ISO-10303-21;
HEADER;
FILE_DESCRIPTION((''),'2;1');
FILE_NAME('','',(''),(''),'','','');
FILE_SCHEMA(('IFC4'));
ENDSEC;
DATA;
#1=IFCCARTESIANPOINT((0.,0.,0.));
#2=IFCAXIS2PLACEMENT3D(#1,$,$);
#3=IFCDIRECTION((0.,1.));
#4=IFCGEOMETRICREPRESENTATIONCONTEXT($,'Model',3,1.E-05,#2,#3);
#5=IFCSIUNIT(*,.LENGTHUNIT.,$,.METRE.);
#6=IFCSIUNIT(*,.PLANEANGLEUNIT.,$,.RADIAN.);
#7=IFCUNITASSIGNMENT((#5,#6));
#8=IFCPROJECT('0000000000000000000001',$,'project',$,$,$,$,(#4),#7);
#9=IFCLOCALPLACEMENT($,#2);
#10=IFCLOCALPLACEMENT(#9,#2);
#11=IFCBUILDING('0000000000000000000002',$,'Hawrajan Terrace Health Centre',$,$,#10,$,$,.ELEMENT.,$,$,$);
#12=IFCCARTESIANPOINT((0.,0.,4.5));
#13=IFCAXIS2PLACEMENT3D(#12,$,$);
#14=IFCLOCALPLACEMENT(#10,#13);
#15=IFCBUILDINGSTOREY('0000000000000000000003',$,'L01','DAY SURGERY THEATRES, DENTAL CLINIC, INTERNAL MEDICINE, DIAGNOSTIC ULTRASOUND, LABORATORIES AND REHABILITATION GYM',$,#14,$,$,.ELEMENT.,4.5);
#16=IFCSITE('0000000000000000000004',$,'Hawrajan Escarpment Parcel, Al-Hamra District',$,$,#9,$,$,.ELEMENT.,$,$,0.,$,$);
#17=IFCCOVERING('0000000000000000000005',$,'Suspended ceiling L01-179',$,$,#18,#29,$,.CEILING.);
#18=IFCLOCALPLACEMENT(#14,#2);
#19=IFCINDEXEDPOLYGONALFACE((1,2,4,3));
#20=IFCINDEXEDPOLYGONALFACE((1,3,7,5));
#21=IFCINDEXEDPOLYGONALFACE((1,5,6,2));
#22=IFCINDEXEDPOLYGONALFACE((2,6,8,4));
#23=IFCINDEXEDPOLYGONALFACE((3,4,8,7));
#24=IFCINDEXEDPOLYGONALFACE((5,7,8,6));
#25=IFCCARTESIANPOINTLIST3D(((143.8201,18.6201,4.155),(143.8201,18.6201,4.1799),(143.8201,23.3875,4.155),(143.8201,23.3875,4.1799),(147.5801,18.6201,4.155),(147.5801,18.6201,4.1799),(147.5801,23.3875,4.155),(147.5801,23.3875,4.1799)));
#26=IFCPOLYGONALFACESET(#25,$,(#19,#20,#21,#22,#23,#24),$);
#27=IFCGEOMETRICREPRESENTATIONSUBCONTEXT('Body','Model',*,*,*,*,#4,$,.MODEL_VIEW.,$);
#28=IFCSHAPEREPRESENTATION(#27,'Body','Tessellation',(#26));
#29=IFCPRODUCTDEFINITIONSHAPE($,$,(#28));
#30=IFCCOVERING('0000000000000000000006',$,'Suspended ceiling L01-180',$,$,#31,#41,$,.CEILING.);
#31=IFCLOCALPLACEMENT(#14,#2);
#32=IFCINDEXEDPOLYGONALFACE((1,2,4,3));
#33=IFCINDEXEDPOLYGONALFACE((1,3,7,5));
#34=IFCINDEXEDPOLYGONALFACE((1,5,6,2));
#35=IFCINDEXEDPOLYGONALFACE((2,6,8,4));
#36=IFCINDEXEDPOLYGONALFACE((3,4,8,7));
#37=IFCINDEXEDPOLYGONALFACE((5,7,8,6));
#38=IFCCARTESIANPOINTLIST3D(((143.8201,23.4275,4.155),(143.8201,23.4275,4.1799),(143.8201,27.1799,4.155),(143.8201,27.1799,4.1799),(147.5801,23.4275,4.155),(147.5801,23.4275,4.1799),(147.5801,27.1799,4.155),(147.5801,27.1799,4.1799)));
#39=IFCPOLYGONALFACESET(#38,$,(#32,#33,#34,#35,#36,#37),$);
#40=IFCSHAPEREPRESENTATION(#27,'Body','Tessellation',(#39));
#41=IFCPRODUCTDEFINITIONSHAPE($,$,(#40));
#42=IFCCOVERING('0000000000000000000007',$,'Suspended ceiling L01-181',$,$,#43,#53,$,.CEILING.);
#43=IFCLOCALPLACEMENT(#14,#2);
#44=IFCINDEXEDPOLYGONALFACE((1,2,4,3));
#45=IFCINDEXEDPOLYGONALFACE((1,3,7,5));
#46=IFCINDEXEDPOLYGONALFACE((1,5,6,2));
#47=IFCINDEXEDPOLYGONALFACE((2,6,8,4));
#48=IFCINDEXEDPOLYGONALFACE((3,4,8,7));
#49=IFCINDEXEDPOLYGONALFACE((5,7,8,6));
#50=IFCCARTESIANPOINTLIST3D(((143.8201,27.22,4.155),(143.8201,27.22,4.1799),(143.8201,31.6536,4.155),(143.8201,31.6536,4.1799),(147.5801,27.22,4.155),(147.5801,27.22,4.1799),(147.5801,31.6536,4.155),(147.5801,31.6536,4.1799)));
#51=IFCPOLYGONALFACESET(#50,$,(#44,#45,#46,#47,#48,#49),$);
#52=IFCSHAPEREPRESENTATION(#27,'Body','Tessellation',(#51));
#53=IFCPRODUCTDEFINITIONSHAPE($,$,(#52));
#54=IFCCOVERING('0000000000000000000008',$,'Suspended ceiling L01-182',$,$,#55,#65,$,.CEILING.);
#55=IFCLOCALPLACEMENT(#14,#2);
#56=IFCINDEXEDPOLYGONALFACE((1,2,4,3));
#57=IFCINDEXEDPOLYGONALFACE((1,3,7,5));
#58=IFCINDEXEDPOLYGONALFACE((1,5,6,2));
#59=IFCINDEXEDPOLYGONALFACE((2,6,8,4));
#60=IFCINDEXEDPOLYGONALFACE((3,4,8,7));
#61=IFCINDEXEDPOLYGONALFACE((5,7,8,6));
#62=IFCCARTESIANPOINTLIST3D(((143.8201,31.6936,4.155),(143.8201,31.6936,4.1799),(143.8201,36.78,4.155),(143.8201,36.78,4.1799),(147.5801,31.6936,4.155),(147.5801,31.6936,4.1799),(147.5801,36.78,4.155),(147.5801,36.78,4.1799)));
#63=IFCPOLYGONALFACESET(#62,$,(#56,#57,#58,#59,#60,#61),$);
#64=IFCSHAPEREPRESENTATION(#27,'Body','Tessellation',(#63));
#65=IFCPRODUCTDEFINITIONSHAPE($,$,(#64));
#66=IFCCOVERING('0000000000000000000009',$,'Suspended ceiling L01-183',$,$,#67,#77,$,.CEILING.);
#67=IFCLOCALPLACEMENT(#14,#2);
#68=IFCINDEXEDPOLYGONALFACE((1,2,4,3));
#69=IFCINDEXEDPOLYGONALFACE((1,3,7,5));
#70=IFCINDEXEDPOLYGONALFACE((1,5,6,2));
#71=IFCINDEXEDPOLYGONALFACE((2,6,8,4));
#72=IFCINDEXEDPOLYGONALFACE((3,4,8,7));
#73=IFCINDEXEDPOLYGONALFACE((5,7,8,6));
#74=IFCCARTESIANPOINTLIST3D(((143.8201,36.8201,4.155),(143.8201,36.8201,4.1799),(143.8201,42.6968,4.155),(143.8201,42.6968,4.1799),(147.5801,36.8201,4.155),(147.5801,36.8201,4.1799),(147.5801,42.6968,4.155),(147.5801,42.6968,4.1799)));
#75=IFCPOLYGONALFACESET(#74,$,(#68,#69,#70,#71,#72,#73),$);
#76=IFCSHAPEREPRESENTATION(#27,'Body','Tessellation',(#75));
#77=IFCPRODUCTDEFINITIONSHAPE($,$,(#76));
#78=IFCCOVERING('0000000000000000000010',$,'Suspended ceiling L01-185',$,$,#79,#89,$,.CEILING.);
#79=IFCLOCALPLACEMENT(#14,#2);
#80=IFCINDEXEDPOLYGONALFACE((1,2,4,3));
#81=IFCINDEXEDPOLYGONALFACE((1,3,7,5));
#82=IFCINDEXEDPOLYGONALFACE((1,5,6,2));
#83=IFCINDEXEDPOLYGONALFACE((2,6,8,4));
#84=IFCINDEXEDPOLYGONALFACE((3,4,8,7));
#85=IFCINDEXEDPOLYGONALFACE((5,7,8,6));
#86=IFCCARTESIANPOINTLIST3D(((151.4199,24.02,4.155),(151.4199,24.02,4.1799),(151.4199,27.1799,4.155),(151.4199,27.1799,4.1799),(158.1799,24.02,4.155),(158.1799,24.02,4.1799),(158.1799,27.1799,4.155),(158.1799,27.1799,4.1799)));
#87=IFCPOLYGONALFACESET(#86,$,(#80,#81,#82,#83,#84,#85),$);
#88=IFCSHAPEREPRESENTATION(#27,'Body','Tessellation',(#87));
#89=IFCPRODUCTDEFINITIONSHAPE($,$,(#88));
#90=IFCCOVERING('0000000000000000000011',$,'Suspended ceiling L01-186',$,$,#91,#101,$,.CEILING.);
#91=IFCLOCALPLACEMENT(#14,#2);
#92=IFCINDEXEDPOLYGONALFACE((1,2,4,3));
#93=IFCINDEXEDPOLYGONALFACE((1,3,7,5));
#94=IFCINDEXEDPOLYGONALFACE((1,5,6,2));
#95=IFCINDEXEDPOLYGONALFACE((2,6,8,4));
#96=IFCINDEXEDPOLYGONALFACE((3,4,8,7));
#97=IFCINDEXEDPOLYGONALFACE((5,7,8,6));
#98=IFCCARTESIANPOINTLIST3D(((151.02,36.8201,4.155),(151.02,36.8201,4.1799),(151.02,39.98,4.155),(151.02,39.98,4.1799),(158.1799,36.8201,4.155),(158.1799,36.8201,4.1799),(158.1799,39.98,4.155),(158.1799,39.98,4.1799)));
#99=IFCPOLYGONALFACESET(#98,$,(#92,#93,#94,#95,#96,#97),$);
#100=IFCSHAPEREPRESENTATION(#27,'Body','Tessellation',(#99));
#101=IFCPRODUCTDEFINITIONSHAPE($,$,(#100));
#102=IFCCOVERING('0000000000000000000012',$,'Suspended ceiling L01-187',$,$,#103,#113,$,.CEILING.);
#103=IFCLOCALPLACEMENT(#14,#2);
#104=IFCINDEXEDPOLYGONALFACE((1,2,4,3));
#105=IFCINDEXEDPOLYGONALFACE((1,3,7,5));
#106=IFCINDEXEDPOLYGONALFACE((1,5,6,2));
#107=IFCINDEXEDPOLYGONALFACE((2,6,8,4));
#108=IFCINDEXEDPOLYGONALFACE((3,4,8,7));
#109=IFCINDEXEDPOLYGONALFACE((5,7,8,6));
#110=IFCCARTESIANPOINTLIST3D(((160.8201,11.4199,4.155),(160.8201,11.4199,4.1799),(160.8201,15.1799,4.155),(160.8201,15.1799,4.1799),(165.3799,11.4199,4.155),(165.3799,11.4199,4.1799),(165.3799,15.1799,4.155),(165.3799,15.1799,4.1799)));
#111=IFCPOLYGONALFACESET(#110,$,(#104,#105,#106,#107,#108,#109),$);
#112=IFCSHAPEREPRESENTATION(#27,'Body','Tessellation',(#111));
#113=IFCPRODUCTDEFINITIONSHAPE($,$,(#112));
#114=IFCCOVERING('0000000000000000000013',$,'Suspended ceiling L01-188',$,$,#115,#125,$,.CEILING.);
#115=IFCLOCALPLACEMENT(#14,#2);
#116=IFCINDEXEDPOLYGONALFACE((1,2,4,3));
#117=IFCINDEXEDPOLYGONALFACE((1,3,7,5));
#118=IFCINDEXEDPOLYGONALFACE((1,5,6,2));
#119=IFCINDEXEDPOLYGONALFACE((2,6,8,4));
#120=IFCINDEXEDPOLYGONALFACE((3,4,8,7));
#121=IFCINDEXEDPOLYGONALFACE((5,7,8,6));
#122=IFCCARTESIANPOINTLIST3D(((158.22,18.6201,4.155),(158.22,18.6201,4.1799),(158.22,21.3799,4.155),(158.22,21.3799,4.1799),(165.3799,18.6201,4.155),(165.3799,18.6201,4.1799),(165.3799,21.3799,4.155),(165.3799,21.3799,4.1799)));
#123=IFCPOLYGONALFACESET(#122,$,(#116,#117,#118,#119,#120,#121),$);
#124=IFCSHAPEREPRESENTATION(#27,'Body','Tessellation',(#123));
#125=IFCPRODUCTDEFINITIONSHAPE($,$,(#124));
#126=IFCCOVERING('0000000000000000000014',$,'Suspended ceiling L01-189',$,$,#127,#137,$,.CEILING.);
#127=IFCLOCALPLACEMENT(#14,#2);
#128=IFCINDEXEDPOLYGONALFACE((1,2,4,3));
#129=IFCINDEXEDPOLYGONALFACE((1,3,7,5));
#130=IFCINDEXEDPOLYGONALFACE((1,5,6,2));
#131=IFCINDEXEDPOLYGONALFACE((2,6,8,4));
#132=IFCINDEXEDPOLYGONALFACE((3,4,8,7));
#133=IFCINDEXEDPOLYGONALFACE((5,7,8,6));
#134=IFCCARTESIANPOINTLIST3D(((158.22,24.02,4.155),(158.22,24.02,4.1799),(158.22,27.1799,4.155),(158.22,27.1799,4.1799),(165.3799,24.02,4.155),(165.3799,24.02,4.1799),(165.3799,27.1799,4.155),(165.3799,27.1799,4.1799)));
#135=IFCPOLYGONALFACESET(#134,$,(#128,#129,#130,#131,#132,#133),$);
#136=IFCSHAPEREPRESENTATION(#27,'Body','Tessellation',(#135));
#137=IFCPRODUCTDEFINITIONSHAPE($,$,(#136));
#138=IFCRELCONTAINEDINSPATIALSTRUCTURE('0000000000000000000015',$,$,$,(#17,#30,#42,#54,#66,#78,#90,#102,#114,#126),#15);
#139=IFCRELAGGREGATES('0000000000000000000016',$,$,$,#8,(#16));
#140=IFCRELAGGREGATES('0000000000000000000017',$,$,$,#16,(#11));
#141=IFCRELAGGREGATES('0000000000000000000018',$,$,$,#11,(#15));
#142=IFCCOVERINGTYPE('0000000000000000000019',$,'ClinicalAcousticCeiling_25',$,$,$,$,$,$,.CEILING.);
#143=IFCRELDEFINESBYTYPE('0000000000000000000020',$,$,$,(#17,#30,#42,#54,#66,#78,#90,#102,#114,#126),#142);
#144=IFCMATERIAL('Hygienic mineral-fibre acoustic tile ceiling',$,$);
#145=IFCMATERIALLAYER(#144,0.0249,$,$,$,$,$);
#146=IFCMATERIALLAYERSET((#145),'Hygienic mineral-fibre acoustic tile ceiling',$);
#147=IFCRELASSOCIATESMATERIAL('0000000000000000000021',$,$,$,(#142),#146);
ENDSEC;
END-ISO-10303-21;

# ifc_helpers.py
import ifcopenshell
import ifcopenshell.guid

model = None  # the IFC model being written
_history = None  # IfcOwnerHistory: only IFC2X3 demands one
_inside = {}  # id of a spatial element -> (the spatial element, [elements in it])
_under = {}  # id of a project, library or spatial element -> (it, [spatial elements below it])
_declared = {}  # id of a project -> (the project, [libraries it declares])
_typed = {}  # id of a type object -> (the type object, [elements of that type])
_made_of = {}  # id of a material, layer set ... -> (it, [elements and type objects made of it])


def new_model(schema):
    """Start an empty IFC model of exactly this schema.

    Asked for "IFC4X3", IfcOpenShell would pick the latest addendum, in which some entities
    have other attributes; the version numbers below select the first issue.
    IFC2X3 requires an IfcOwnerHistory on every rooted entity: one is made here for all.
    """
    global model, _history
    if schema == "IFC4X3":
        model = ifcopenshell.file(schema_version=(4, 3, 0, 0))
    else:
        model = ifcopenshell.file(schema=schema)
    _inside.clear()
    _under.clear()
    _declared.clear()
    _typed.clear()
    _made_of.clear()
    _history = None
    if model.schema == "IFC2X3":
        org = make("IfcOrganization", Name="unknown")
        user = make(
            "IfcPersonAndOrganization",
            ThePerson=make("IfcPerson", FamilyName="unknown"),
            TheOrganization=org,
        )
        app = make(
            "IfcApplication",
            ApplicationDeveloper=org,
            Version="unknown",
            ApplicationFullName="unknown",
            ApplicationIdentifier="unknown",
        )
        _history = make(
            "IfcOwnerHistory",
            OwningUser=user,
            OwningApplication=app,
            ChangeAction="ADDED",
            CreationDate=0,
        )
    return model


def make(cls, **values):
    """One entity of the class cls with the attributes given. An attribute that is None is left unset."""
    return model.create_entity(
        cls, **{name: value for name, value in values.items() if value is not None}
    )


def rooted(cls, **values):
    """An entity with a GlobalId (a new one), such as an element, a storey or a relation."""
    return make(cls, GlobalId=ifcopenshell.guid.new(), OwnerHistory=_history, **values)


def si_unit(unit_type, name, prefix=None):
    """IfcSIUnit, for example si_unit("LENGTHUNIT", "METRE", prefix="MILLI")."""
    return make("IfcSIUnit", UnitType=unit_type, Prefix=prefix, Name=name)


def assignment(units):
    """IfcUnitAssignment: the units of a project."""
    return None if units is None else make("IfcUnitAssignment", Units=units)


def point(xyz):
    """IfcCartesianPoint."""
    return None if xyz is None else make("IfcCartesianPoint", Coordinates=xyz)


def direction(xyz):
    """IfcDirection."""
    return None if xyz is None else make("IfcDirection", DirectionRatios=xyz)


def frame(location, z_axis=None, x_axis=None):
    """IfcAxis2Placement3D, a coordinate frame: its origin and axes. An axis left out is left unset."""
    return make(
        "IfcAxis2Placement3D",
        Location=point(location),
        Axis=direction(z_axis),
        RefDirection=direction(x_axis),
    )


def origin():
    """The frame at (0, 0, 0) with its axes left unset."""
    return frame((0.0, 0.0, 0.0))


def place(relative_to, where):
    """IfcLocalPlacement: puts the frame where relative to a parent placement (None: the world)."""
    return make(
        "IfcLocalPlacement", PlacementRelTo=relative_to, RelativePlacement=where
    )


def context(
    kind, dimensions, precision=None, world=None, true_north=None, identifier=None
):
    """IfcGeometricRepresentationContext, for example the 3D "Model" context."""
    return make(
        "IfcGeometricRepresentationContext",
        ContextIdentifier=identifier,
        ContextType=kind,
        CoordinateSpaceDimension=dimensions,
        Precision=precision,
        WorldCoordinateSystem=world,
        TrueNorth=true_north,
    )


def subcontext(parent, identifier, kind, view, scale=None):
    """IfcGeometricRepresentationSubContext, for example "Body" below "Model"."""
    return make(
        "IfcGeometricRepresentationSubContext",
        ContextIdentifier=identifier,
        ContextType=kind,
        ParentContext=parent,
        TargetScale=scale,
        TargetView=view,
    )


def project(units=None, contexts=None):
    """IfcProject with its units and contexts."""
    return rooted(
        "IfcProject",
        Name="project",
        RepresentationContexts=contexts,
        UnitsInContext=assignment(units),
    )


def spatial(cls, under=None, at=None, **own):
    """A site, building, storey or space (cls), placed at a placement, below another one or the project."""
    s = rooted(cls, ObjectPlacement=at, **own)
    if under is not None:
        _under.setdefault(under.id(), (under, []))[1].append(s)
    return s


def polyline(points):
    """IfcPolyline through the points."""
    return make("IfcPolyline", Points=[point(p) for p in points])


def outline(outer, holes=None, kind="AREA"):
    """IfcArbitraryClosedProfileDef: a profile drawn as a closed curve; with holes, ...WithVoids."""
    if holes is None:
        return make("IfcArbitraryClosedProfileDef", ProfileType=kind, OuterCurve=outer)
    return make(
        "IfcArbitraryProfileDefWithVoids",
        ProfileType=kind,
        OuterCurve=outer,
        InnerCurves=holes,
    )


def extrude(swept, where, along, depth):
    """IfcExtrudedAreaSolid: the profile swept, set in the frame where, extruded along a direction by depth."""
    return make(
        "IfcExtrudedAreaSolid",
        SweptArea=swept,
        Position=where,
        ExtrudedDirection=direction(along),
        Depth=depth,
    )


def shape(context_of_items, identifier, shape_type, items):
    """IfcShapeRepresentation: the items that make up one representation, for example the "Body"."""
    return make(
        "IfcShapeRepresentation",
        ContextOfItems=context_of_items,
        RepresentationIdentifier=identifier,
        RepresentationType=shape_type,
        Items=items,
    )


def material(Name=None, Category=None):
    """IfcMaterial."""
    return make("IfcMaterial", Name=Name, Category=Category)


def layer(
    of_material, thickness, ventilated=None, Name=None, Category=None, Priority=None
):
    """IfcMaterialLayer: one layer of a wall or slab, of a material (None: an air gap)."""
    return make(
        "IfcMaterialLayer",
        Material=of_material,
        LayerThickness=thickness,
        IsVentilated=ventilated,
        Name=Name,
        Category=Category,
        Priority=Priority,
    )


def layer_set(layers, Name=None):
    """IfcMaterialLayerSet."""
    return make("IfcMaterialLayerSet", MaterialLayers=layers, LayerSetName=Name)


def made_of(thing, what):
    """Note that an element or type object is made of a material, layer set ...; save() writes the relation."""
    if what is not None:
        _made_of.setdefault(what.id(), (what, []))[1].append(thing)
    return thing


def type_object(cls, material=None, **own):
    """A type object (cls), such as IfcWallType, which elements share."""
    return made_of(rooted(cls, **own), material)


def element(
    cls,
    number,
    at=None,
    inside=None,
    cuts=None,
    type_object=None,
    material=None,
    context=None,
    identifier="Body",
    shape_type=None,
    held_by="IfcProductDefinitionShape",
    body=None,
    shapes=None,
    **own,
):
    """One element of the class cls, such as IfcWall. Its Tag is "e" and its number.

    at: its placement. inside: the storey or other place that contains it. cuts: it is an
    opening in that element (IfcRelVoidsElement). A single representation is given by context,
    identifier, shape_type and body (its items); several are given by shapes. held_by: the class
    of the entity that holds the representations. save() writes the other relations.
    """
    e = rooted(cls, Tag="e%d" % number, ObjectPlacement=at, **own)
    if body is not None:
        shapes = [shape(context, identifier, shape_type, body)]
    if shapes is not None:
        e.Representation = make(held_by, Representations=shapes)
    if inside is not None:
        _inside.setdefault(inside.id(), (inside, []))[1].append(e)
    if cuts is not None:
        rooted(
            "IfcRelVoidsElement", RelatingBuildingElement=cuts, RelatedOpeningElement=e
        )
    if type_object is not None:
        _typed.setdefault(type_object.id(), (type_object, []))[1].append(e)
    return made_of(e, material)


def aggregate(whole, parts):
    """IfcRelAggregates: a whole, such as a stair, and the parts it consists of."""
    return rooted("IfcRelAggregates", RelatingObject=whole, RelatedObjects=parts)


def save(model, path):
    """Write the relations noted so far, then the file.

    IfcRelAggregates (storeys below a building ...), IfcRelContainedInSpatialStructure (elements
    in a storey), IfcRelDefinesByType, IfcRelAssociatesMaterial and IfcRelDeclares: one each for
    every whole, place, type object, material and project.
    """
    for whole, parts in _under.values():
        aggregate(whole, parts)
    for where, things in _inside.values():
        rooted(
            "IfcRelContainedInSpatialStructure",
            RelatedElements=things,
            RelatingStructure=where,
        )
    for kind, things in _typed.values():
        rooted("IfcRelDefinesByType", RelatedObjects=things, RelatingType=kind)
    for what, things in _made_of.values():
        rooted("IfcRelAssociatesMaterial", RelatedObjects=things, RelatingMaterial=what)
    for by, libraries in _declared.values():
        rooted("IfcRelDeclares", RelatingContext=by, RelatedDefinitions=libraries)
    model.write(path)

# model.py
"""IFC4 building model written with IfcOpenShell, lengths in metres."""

from ifc_helpers import new_model, si_unit, direction, frame, origin, place, context, subcontext, project, spatial, polyline, outline, extrude, material, layer, layer_set, type_object, element, save


model = new_model("IFC4")

# Units and contexts
model_context = context("Model", 3, precision=1e-05, world=origin(), true_north=direction((0.0, 1.0)))
body_context = subcontext(model_context, "Body", "Model", "MODEL_VIEW")
ifc_project = project(units=[si_unit("LENGTHUNIT", "METRE"), si_unit("PLANEANGLEUNIT", "RADIAN")], contexts=[model_context])

# Site, building, storey
site_placement = place(None, origin())
site = spatial("IfcSite", under=ifc_project, at=site_placement, Name="Hawrajan Escarpment Parcel, Al-Hamra District", CompositionType="ELEMENT", RefElevation=0.0)
building_placement = place(site_placement, origin())
building = spatial("IfcBuilding", under=site, at=building_placement, Name="Hawrajan Terrace Health Centre", CompositionType="ELEMENT")
storey_placement = place(building_placement, frame((0.0, 0.0, 4.5)))
storey = spatial("IfcBuildingStorey", under=building, at=storey_placement, Name="L01", Description="DAY SURGERY THEATRES, DENTAL CLINIC, INTERNAL MEDICINE, DIAGNOSTIC ULTRASOUND, LABORATORIES AND REHABILITATION GYM", CompositionType="ELEMENT", Elevation=4.5)

# Coverings
ifc_material = material(Name="Hygienic mineral-fibre acoustic tile ceiling")
ifc_layer = layer(ifc_material, 0.0249)
ifc_layer_set = layer_set([ifc_layer], Name="Hygienic mineral-fibre acoustic tile ceiling")
covering_type = type_object("IfcCoveringType", Name="ClinicalAcousticCeiling_25", PredefinedType="CEILING", material=ifc_layer_set)
covering_1_placement = place(storey_placement, frame((0.0, 0.0, 4.155)))
element("IfcCovering", 1, at=covering_1_placement, inside=storey, type_object=covering_type, Name="Suspended ceiling L01-179", PredefinedType="CEILING", context=body_context, shape_type="SweptSolid", body=[
    extrude(outline(polyline([(143.8201, 23.3875), (147.5801, 23.3875), (147.5801, 18.6201), (143.8201, 18.6201), (143.8201, 23.3875)])), origin(), (0.0, 0.0, 1.0), 0.0249),
])
covering_2_placement = place(storey_placement, frame((0.0, 0.0, 4.155)))
element("IfcCovering", 2, at=covering_2_placement, inside=storey, type_object=covering_type, Name="Suspended ceiling L01-180", PredefinedType="CEILING", context=body_context, shape_type="SweptSolid", body=[
    extrude(outline(polyline([(143.8201, 27.1799), (147.5801, 27.1799), (147.5801, 23.4275), (143.8201, 23.4275), (143.8201, 27.1799)])), origin(), (0.0, 0.0, 1.0), 0.0249),
])
covering_3_placement = place(storey_placement, frame((0.0, 0.0, 4.155)))
element("IfcCovering", 3, at=covering_3_placement, inside=storey, type_object=covering_type, Name="Suspended ceiling L01-181", PredefinedType="CEILING", context=body_context, shape_type="SweptSolid", body=[
    extrude(outline(polyline([(143.8201, 31.6536), (147.5801, 31.6536), (147.5801, 27.22), (143.8201, 27.22), (143.8201, 31.6536)])), origin(), (0.0, 0.0, 1.0), 0.0249),
])
covering_4_placement = place(storey_placement, frame((0.0, 0.0, 4.155)))
element("IfcCovering", 4, at=covering_4_placement, inside=storey, type_object=covering_type, Name="Suspended ceiling L01-182", PredefinedType="CEILING", context=body_context, shape_type="SweptSolid", body=[
    extrude(outline(polyline([(143.8201, 36.78), (147.5801, 36.78), (147.5801, 31.6936), (143.8201, 31.6936), (143.8201, 36.78)])), origin(), (0.0, 0.0, 1.0), 0.0249),
])
covering_5_placement = place(storey_placement, frame((0.0, 0.0, 4.155)))
element("IfcCovering", 5, at=covering_5_placement, inside=storey, type_object=covering_type, Name="Suspended ceiling L01-183", PredefinedType="CEILING", context=body_context, shape_type="SweptSolid", body=[
    extrude(outline(polyline([(143.8201, 42.6968), (147.5801, 42.6968), (147.5801, 36.8201), (143.8201, 36.8201), (143.8201, 42.6968)])), origin(), (0.0, 0.0, 1.0), 0.0249),
])
covering_6_placement = place(storey_placement, frame((0.0, 0.0, 4.155)))
element("IfcCovering", 6, at=covering_6_placement, inside=storey, type_object=covering_type, Name="Suspended ceiling L01-185", PredefinedType="CEILING", context=body_context, shape_type="SweptSolid", body=[
    extrude(outline(polyline([(151.4199, 27.1799), (158.1799, 27.1799), (158.1799, 24.02), (151.4199, 24.02), (151.4199, 27.1799)])), origin(), (0.0, 0.0, 1.0), 0.0249),
])
covering_7_placement = place(storey_placement, frame((0.0, 0.0, 4.155)))
element("IfcCovering", 7, at=covering_7_placement, inside=storey, type_object=covering_type, Name="Suspended ceiling L01-186", PredefinedType="CEILING", context=body_context, shape_type="SweptSolid", body=[
    extrude(outline(polyline([(151.02, 39.98), (158.1799, 39.98), (158.1799, 36.8201), (151.02, 36.8201), (151.02, 39.98)])), origin(), (0.0, 0.0, 1.0), 0.0249),
])
covering_8_placement = place(storey_placement, frame((0.0, 0.0, 4.155)))
element("IfcCovering", 8, at=covering_8_placement, inside=storey, type_object=covering_type, Name="Suspended ceiling L01-187", PredefinedType="CEILING", context=body_context, shape_type="SweptSolid", body=[
    extrude(outline(polyline([(160.8201, 15.1799), (165.3799, 15.1799), (165.3799, 11.4199), (160.8201, 11.4199), (160.8201, 15.1799)])), origin(), (0.0, 0.0, 1.0), 0.0249),
])
covering_9_placement = place(storey_placement, frame((0.0, 0.0, 4.155)))
element("IfcCovering", 9, at=covering_9_placement, inside=storey, type_object=covering_type, Name="Suspended ceiling L01-188", PredefinedType="CEILING", context=body_context, shape_type="SweptSolid", body=[
    extrude(outline(polyline([(158.22, 21.3799), (165.3799, 21.3799), (165.3799, 18.6201), (158.22, 18.6201), (158.22, 21.3799)])), origin(), (0.0, 0.0, 1.0), 0.0249),
])
covering_10_placement = place(storey_placement, frame((0.0, 0.0, 4.155)))
element("IfcCovering", 10, at=covering_10_placement, inside=storey, type_object=covering_type, Name="Suspended ceiling L01-189", PredefinedType="CEILING", context=body_context, shape_type="SweptSolid", body=[
    extrude(outline(polyline([(158.22, 27.1799), (165.3799, 27.1799), (165.3799, 24.02), (158.22, 24.02), (158.22, 27.1799)])), origin(), (0.0, 0.0, 1.0), 0.0249),
])

save(model, "model.ifc")
